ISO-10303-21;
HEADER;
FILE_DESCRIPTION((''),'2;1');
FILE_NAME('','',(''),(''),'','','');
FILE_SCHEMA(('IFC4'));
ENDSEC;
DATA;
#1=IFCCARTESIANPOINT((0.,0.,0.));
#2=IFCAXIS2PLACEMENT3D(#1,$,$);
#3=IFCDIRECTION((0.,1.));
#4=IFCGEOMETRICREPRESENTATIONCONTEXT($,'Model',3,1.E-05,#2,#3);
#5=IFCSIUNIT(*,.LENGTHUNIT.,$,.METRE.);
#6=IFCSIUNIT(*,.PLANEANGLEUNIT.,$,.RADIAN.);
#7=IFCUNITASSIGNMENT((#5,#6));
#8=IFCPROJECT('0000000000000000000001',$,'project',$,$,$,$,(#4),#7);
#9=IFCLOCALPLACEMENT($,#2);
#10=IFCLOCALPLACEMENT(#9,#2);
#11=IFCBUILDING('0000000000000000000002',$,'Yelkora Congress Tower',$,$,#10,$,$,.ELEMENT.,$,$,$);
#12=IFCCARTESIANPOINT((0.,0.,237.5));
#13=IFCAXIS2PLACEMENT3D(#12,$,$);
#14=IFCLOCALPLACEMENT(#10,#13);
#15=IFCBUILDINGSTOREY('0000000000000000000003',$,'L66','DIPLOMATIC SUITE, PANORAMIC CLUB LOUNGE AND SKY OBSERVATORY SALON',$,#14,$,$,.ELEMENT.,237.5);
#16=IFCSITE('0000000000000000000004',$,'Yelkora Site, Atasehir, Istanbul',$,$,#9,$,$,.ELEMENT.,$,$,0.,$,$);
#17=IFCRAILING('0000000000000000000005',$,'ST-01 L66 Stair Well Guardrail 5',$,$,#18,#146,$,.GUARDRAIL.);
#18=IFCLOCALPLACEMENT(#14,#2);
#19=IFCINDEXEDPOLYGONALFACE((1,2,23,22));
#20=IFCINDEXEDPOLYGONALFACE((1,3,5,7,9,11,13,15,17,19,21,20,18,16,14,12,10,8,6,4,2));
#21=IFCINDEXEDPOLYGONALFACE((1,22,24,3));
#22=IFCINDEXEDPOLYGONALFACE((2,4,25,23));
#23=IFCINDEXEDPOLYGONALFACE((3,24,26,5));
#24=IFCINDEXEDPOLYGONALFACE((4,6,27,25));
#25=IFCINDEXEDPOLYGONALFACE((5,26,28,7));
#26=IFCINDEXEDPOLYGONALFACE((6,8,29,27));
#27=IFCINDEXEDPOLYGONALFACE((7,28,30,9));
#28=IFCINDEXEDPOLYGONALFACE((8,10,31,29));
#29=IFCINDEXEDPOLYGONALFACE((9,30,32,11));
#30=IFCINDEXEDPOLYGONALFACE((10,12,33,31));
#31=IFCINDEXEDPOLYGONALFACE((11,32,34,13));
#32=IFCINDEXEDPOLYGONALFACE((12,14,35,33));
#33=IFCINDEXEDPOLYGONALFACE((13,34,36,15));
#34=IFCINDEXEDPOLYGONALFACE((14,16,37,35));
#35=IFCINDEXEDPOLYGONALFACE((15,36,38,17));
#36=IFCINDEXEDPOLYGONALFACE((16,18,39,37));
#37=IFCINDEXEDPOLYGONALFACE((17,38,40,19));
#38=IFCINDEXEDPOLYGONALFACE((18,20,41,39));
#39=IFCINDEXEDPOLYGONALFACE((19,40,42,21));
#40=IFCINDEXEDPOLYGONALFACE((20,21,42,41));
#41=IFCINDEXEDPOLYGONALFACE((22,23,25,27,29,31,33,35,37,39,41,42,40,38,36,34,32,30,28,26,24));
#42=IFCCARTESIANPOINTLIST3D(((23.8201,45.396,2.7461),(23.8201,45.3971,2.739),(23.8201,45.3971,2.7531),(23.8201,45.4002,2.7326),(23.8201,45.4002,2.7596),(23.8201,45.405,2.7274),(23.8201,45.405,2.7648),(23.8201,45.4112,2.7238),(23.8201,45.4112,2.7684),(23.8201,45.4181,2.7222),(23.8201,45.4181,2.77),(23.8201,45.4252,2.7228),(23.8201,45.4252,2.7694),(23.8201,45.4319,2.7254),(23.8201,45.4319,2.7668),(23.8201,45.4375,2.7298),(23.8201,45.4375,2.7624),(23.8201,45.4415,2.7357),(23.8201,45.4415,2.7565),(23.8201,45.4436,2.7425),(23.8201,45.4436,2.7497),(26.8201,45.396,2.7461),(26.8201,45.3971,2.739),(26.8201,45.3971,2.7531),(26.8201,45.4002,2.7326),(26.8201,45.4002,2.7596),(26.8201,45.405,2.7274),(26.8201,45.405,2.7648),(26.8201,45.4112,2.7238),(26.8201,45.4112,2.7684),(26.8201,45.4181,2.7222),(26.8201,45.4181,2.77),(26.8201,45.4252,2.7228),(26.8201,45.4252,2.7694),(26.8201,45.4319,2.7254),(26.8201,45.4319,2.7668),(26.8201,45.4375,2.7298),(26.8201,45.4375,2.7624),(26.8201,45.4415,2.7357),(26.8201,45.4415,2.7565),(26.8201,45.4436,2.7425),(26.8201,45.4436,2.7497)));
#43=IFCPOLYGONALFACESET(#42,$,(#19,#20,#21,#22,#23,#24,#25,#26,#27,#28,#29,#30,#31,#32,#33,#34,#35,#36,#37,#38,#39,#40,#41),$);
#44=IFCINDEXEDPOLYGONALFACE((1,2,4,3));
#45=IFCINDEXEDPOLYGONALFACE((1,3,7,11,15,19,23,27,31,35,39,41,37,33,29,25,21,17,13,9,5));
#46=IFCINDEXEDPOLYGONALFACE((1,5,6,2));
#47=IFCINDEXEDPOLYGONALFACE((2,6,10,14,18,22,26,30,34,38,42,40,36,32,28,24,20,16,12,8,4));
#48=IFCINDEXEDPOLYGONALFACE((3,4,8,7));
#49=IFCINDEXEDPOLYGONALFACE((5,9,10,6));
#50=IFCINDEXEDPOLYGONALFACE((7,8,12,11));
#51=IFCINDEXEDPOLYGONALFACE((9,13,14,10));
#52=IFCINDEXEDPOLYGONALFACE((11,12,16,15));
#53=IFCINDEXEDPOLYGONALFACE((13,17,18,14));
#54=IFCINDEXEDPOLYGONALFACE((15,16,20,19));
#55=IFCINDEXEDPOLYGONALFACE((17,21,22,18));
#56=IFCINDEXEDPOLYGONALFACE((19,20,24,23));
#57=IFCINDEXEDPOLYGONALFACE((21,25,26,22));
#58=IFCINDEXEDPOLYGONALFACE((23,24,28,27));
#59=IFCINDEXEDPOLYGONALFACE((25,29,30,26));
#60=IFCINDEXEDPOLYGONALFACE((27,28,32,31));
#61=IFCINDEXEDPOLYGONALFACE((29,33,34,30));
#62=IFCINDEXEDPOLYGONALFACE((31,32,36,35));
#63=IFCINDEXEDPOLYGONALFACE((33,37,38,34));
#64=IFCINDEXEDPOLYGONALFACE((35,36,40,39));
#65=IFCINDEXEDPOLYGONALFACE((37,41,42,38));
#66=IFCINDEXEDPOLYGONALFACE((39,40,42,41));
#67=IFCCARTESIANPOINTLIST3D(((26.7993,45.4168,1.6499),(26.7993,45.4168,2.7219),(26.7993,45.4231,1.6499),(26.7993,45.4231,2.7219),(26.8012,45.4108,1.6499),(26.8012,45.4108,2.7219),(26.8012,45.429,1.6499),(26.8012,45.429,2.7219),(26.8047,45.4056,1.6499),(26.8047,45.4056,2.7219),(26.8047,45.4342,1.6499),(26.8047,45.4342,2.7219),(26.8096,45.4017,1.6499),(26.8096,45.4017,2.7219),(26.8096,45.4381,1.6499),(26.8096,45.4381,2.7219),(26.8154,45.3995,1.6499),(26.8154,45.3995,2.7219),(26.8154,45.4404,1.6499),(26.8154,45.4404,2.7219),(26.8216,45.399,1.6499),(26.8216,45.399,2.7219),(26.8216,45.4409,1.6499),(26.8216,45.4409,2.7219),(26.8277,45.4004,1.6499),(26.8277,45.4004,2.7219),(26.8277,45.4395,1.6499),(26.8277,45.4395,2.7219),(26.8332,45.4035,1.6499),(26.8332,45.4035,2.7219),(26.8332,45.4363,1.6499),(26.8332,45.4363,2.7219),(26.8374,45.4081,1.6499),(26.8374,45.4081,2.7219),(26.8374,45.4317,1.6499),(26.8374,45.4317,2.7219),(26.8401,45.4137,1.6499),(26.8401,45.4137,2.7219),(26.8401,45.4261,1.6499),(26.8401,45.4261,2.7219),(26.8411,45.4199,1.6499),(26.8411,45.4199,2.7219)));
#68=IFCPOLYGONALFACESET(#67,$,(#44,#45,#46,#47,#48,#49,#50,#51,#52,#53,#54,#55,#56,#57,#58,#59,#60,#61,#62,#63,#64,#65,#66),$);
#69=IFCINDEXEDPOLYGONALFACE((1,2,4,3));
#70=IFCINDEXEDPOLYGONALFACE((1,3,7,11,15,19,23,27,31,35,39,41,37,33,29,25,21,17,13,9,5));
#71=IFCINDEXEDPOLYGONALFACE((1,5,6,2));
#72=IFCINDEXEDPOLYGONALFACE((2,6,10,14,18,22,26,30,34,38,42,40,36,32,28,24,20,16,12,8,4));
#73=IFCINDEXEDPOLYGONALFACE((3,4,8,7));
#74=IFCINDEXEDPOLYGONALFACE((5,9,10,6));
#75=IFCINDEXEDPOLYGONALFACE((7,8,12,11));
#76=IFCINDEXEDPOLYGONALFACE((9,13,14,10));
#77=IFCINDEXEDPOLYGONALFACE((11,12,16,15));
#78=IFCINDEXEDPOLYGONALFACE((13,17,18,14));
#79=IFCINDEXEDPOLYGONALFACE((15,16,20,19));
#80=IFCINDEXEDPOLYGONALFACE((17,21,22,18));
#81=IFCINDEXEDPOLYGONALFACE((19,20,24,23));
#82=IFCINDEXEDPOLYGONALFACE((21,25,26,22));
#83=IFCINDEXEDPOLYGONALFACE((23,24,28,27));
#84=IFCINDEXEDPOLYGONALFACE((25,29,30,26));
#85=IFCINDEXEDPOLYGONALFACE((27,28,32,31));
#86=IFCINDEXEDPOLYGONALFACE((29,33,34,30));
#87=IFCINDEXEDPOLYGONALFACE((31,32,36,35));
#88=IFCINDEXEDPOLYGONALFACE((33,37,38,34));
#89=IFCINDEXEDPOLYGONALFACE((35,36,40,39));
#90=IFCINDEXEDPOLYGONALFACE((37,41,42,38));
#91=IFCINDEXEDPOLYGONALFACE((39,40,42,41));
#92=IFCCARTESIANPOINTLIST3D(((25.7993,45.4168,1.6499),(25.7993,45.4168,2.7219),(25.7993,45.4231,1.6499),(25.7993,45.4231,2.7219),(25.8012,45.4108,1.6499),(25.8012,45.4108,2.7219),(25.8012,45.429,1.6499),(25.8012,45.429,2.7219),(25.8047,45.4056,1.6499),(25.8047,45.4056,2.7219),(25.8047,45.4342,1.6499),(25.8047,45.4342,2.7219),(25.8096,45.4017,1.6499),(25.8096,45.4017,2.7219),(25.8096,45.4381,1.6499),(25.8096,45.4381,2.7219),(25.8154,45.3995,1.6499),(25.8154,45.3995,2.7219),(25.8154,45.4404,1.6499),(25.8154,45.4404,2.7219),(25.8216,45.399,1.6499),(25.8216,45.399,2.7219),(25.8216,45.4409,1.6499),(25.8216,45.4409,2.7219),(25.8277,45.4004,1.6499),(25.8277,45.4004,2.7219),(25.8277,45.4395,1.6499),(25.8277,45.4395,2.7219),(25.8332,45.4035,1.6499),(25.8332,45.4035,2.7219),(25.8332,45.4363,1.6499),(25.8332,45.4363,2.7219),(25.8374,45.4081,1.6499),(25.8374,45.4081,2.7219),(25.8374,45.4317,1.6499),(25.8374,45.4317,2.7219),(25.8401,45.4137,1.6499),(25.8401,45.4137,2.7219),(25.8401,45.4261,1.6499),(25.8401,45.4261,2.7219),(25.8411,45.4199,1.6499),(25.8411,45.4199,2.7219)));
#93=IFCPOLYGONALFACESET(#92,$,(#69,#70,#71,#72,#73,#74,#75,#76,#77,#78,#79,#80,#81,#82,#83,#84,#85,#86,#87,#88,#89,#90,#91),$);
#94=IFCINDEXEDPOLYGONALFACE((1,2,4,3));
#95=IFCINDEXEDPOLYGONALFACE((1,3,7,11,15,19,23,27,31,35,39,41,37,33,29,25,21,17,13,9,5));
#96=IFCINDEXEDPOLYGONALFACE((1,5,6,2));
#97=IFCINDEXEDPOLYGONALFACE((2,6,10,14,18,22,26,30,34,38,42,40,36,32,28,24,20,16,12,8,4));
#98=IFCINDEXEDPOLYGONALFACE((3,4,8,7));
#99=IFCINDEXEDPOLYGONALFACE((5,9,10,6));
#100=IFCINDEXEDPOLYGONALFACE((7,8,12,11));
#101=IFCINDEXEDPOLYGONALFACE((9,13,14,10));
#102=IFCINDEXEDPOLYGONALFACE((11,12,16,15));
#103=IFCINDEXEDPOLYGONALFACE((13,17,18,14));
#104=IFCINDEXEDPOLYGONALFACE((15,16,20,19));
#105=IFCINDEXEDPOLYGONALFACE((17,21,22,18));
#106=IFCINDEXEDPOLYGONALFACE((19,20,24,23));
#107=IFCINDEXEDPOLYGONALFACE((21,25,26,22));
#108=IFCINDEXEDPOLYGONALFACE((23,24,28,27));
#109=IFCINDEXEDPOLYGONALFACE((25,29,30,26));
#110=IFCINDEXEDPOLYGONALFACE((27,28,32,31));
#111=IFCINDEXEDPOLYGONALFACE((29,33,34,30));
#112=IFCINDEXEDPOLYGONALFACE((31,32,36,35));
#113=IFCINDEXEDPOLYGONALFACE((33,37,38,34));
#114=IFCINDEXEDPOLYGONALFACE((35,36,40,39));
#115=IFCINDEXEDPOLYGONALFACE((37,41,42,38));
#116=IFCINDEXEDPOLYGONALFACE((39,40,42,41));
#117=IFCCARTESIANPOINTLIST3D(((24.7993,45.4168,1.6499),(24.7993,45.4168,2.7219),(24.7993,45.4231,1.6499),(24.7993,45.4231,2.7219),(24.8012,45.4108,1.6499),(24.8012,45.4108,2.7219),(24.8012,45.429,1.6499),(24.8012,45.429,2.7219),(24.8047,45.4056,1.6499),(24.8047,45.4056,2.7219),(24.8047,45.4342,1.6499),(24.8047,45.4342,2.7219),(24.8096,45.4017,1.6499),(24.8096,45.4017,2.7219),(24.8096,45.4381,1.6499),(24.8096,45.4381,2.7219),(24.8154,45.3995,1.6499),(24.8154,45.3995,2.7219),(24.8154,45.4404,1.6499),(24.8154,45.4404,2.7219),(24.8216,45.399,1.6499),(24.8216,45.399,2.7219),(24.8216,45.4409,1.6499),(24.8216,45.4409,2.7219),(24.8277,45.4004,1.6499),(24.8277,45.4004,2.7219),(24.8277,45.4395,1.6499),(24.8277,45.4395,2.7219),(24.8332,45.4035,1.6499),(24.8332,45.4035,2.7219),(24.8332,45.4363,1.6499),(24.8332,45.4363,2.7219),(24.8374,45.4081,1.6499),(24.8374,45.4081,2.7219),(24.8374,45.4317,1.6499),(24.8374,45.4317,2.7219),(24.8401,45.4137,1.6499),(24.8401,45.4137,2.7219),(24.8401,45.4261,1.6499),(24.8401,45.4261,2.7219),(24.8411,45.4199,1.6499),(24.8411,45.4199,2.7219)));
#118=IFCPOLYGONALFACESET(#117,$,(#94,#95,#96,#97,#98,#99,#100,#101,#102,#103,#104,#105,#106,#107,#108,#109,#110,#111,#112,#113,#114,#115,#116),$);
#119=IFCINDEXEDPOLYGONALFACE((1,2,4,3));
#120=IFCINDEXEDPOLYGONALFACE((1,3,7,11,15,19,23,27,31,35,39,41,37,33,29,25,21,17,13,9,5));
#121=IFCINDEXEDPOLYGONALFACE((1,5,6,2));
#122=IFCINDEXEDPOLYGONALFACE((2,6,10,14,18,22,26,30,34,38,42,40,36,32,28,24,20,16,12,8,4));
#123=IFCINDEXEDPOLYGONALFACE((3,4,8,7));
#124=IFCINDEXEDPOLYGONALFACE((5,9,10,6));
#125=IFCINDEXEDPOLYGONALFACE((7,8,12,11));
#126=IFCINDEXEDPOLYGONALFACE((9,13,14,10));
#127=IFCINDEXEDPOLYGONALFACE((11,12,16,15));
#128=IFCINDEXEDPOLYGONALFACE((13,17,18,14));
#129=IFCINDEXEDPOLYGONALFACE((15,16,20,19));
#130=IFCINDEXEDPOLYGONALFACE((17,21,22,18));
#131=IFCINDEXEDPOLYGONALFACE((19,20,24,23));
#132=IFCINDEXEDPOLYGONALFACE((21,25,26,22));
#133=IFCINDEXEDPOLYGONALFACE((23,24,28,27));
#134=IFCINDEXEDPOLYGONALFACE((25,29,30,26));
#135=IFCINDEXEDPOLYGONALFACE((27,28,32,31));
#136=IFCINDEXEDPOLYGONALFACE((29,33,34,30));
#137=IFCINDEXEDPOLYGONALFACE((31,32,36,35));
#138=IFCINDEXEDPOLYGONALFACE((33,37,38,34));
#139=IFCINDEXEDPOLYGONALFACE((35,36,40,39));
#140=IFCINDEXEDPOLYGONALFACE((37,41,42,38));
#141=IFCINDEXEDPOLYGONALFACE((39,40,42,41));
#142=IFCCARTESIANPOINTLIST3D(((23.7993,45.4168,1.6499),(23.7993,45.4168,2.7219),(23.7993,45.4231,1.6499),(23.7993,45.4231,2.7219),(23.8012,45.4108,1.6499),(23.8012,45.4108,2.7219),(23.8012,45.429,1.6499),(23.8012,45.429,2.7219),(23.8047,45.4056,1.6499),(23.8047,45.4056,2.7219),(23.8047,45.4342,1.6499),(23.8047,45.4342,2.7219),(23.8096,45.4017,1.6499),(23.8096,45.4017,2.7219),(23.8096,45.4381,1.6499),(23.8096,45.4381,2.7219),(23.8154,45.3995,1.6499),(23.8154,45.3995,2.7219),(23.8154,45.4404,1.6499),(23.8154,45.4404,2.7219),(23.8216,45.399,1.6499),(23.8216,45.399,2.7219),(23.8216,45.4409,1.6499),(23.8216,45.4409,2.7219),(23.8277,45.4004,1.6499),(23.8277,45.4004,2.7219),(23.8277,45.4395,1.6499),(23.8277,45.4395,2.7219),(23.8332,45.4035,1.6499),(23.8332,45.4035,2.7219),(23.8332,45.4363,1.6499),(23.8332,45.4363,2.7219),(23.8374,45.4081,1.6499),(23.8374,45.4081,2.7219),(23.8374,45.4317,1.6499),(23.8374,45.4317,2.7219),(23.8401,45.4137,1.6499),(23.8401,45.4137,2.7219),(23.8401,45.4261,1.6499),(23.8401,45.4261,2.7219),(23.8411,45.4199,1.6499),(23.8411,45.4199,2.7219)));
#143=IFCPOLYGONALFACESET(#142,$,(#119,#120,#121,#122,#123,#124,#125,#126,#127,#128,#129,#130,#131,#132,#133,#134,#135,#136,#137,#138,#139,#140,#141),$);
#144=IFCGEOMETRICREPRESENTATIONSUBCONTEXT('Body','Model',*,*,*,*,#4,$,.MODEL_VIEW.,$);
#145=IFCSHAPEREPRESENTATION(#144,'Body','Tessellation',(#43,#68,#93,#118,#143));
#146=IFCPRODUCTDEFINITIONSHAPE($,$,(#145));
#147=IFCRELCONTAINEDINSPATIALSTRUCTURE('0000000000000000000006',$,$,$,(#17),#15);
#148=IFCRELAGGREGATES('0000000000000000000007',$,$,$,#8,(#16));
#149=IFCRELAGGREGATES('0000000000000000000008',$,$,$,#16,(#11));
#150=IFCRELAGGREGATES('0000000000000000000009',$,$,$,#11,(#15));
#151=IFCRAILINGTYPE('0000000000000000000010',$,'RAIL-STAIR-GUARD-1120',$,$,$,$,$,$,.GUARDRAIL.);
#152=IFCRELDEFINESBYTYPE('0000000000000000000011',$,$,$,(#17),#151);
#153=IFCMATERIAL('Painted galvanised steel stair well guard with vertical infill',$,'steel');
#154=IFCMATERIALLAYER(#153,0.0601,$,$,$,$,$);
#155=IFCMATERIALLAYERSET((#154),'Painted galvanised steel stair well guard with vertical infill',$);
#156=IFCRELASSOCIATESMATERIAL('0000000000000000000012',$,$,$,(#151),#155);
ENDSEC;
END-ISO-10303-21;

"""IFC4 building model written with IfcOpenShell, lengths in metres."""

from ifc_helpers import new_model, si_unit, direction, frame, origin, origin_2d, place, context, subcontext, project, spatial, circle, extrude, material, layer, layer_set, type_object, element, save


model = new_model("IFC4")

# Units and contexts
model_context = context("Model", 3, precision=1e-05, world=origin(), true_north=direction((0.0, 1.0)))
body_context = subcontext(model_context, "Body", "Model", "MODEL_VIEW")
ifc_project = project(units=[si_unit("LENGTHUNIT", "METRE"), si_unit("PLANEANGLEUNIT", "RADIAN")], contexts=[model_context])

# Site, building, storey
site_placement = place(None, origin())
site = spatial("IfcSite", under=ifc_project, at=site_placement, Name="Yelkora Site, Atasehir, Istanbul", CompositionType="ELEMENT", RefElevation=0.0)
building_placement = place(site_placement, origin())
building = spatial("IfcBuilding", under=site, at=building_placement, Name="Yelkora Congress Tower", CompositionType="ELEMENT")
storey_placement = place(building_placement, frame((0.0, 0.0, 237.5)))
storey = spatial("IfcBuildingStorey", under=building, at=storey_placement, Name="L66", Description="DIPLOMATIC SUITE, PANORAMIC CLUB LOUNGE AND SKY OBSERVATORY SALON", CompositionType="ELEMENT", Elevation=237.5)

# Railing
ifc_material_1 = material(Name="Painted galvanised steel stair well guard with vertical infill", Category="steel")
ifc_layer_1 = layer(ifc_material_1, 0.0601)
ifc_layer_set_1 = layer_set([ifc_layer_1], Name="Painted galvanised steel stair well guard with vertical infill")
railing_type = type_object("IfcRailingType", Name="RAIL-STAIR-GUARD-1120", PredefinedType="GUARDRAIL", material=ifc_layer_set_1)
railing_1_placement = place(storey_placement, frame((26.8201, 45.4199, 1.6499)))
element("IfcRailing", 1, at=railing_1_placement, inside=storey, type_object=railing_type, Name="ST-01 L66 Stair Well Guardrail 5", PredefinedType="GUARDRAIL", context=body_context, shape_type="SweptSolid", body=[
    extrude(circle(Radius=0.0239, at=origin_2d()), frame((0.0, 0.0, 1.0962), z_axis=(-1.0, 0.0, 0.0), x_axis=(0.0, -1.0, 0.0)), (0.0, 0.0, 1.0), 3.0),
    extrude(circle(Radius=0.021, at=origin_2d()), origin(), (0.0, 0.0, 1.0), 1.072),
    extrude(circle(Radius=0.021, at=origin_2d()), frame((-1.0, 0.0, 0.0)), (0.0, 0.0, 1.0), 1.072),
    extrude(circle(Radius=0.021, at=origin_2d()), frame((-2.0, 0.0, 0.0)), (0.0, 0.0, 1.0), 1.072),
    extrude(circle(Radius=0.021, at=origin_2d()), frame((-3.0, 0.0, 0.0)), (0.0, 0.0, 1.0), 1.072),
])

save(model, "model.ifc")
